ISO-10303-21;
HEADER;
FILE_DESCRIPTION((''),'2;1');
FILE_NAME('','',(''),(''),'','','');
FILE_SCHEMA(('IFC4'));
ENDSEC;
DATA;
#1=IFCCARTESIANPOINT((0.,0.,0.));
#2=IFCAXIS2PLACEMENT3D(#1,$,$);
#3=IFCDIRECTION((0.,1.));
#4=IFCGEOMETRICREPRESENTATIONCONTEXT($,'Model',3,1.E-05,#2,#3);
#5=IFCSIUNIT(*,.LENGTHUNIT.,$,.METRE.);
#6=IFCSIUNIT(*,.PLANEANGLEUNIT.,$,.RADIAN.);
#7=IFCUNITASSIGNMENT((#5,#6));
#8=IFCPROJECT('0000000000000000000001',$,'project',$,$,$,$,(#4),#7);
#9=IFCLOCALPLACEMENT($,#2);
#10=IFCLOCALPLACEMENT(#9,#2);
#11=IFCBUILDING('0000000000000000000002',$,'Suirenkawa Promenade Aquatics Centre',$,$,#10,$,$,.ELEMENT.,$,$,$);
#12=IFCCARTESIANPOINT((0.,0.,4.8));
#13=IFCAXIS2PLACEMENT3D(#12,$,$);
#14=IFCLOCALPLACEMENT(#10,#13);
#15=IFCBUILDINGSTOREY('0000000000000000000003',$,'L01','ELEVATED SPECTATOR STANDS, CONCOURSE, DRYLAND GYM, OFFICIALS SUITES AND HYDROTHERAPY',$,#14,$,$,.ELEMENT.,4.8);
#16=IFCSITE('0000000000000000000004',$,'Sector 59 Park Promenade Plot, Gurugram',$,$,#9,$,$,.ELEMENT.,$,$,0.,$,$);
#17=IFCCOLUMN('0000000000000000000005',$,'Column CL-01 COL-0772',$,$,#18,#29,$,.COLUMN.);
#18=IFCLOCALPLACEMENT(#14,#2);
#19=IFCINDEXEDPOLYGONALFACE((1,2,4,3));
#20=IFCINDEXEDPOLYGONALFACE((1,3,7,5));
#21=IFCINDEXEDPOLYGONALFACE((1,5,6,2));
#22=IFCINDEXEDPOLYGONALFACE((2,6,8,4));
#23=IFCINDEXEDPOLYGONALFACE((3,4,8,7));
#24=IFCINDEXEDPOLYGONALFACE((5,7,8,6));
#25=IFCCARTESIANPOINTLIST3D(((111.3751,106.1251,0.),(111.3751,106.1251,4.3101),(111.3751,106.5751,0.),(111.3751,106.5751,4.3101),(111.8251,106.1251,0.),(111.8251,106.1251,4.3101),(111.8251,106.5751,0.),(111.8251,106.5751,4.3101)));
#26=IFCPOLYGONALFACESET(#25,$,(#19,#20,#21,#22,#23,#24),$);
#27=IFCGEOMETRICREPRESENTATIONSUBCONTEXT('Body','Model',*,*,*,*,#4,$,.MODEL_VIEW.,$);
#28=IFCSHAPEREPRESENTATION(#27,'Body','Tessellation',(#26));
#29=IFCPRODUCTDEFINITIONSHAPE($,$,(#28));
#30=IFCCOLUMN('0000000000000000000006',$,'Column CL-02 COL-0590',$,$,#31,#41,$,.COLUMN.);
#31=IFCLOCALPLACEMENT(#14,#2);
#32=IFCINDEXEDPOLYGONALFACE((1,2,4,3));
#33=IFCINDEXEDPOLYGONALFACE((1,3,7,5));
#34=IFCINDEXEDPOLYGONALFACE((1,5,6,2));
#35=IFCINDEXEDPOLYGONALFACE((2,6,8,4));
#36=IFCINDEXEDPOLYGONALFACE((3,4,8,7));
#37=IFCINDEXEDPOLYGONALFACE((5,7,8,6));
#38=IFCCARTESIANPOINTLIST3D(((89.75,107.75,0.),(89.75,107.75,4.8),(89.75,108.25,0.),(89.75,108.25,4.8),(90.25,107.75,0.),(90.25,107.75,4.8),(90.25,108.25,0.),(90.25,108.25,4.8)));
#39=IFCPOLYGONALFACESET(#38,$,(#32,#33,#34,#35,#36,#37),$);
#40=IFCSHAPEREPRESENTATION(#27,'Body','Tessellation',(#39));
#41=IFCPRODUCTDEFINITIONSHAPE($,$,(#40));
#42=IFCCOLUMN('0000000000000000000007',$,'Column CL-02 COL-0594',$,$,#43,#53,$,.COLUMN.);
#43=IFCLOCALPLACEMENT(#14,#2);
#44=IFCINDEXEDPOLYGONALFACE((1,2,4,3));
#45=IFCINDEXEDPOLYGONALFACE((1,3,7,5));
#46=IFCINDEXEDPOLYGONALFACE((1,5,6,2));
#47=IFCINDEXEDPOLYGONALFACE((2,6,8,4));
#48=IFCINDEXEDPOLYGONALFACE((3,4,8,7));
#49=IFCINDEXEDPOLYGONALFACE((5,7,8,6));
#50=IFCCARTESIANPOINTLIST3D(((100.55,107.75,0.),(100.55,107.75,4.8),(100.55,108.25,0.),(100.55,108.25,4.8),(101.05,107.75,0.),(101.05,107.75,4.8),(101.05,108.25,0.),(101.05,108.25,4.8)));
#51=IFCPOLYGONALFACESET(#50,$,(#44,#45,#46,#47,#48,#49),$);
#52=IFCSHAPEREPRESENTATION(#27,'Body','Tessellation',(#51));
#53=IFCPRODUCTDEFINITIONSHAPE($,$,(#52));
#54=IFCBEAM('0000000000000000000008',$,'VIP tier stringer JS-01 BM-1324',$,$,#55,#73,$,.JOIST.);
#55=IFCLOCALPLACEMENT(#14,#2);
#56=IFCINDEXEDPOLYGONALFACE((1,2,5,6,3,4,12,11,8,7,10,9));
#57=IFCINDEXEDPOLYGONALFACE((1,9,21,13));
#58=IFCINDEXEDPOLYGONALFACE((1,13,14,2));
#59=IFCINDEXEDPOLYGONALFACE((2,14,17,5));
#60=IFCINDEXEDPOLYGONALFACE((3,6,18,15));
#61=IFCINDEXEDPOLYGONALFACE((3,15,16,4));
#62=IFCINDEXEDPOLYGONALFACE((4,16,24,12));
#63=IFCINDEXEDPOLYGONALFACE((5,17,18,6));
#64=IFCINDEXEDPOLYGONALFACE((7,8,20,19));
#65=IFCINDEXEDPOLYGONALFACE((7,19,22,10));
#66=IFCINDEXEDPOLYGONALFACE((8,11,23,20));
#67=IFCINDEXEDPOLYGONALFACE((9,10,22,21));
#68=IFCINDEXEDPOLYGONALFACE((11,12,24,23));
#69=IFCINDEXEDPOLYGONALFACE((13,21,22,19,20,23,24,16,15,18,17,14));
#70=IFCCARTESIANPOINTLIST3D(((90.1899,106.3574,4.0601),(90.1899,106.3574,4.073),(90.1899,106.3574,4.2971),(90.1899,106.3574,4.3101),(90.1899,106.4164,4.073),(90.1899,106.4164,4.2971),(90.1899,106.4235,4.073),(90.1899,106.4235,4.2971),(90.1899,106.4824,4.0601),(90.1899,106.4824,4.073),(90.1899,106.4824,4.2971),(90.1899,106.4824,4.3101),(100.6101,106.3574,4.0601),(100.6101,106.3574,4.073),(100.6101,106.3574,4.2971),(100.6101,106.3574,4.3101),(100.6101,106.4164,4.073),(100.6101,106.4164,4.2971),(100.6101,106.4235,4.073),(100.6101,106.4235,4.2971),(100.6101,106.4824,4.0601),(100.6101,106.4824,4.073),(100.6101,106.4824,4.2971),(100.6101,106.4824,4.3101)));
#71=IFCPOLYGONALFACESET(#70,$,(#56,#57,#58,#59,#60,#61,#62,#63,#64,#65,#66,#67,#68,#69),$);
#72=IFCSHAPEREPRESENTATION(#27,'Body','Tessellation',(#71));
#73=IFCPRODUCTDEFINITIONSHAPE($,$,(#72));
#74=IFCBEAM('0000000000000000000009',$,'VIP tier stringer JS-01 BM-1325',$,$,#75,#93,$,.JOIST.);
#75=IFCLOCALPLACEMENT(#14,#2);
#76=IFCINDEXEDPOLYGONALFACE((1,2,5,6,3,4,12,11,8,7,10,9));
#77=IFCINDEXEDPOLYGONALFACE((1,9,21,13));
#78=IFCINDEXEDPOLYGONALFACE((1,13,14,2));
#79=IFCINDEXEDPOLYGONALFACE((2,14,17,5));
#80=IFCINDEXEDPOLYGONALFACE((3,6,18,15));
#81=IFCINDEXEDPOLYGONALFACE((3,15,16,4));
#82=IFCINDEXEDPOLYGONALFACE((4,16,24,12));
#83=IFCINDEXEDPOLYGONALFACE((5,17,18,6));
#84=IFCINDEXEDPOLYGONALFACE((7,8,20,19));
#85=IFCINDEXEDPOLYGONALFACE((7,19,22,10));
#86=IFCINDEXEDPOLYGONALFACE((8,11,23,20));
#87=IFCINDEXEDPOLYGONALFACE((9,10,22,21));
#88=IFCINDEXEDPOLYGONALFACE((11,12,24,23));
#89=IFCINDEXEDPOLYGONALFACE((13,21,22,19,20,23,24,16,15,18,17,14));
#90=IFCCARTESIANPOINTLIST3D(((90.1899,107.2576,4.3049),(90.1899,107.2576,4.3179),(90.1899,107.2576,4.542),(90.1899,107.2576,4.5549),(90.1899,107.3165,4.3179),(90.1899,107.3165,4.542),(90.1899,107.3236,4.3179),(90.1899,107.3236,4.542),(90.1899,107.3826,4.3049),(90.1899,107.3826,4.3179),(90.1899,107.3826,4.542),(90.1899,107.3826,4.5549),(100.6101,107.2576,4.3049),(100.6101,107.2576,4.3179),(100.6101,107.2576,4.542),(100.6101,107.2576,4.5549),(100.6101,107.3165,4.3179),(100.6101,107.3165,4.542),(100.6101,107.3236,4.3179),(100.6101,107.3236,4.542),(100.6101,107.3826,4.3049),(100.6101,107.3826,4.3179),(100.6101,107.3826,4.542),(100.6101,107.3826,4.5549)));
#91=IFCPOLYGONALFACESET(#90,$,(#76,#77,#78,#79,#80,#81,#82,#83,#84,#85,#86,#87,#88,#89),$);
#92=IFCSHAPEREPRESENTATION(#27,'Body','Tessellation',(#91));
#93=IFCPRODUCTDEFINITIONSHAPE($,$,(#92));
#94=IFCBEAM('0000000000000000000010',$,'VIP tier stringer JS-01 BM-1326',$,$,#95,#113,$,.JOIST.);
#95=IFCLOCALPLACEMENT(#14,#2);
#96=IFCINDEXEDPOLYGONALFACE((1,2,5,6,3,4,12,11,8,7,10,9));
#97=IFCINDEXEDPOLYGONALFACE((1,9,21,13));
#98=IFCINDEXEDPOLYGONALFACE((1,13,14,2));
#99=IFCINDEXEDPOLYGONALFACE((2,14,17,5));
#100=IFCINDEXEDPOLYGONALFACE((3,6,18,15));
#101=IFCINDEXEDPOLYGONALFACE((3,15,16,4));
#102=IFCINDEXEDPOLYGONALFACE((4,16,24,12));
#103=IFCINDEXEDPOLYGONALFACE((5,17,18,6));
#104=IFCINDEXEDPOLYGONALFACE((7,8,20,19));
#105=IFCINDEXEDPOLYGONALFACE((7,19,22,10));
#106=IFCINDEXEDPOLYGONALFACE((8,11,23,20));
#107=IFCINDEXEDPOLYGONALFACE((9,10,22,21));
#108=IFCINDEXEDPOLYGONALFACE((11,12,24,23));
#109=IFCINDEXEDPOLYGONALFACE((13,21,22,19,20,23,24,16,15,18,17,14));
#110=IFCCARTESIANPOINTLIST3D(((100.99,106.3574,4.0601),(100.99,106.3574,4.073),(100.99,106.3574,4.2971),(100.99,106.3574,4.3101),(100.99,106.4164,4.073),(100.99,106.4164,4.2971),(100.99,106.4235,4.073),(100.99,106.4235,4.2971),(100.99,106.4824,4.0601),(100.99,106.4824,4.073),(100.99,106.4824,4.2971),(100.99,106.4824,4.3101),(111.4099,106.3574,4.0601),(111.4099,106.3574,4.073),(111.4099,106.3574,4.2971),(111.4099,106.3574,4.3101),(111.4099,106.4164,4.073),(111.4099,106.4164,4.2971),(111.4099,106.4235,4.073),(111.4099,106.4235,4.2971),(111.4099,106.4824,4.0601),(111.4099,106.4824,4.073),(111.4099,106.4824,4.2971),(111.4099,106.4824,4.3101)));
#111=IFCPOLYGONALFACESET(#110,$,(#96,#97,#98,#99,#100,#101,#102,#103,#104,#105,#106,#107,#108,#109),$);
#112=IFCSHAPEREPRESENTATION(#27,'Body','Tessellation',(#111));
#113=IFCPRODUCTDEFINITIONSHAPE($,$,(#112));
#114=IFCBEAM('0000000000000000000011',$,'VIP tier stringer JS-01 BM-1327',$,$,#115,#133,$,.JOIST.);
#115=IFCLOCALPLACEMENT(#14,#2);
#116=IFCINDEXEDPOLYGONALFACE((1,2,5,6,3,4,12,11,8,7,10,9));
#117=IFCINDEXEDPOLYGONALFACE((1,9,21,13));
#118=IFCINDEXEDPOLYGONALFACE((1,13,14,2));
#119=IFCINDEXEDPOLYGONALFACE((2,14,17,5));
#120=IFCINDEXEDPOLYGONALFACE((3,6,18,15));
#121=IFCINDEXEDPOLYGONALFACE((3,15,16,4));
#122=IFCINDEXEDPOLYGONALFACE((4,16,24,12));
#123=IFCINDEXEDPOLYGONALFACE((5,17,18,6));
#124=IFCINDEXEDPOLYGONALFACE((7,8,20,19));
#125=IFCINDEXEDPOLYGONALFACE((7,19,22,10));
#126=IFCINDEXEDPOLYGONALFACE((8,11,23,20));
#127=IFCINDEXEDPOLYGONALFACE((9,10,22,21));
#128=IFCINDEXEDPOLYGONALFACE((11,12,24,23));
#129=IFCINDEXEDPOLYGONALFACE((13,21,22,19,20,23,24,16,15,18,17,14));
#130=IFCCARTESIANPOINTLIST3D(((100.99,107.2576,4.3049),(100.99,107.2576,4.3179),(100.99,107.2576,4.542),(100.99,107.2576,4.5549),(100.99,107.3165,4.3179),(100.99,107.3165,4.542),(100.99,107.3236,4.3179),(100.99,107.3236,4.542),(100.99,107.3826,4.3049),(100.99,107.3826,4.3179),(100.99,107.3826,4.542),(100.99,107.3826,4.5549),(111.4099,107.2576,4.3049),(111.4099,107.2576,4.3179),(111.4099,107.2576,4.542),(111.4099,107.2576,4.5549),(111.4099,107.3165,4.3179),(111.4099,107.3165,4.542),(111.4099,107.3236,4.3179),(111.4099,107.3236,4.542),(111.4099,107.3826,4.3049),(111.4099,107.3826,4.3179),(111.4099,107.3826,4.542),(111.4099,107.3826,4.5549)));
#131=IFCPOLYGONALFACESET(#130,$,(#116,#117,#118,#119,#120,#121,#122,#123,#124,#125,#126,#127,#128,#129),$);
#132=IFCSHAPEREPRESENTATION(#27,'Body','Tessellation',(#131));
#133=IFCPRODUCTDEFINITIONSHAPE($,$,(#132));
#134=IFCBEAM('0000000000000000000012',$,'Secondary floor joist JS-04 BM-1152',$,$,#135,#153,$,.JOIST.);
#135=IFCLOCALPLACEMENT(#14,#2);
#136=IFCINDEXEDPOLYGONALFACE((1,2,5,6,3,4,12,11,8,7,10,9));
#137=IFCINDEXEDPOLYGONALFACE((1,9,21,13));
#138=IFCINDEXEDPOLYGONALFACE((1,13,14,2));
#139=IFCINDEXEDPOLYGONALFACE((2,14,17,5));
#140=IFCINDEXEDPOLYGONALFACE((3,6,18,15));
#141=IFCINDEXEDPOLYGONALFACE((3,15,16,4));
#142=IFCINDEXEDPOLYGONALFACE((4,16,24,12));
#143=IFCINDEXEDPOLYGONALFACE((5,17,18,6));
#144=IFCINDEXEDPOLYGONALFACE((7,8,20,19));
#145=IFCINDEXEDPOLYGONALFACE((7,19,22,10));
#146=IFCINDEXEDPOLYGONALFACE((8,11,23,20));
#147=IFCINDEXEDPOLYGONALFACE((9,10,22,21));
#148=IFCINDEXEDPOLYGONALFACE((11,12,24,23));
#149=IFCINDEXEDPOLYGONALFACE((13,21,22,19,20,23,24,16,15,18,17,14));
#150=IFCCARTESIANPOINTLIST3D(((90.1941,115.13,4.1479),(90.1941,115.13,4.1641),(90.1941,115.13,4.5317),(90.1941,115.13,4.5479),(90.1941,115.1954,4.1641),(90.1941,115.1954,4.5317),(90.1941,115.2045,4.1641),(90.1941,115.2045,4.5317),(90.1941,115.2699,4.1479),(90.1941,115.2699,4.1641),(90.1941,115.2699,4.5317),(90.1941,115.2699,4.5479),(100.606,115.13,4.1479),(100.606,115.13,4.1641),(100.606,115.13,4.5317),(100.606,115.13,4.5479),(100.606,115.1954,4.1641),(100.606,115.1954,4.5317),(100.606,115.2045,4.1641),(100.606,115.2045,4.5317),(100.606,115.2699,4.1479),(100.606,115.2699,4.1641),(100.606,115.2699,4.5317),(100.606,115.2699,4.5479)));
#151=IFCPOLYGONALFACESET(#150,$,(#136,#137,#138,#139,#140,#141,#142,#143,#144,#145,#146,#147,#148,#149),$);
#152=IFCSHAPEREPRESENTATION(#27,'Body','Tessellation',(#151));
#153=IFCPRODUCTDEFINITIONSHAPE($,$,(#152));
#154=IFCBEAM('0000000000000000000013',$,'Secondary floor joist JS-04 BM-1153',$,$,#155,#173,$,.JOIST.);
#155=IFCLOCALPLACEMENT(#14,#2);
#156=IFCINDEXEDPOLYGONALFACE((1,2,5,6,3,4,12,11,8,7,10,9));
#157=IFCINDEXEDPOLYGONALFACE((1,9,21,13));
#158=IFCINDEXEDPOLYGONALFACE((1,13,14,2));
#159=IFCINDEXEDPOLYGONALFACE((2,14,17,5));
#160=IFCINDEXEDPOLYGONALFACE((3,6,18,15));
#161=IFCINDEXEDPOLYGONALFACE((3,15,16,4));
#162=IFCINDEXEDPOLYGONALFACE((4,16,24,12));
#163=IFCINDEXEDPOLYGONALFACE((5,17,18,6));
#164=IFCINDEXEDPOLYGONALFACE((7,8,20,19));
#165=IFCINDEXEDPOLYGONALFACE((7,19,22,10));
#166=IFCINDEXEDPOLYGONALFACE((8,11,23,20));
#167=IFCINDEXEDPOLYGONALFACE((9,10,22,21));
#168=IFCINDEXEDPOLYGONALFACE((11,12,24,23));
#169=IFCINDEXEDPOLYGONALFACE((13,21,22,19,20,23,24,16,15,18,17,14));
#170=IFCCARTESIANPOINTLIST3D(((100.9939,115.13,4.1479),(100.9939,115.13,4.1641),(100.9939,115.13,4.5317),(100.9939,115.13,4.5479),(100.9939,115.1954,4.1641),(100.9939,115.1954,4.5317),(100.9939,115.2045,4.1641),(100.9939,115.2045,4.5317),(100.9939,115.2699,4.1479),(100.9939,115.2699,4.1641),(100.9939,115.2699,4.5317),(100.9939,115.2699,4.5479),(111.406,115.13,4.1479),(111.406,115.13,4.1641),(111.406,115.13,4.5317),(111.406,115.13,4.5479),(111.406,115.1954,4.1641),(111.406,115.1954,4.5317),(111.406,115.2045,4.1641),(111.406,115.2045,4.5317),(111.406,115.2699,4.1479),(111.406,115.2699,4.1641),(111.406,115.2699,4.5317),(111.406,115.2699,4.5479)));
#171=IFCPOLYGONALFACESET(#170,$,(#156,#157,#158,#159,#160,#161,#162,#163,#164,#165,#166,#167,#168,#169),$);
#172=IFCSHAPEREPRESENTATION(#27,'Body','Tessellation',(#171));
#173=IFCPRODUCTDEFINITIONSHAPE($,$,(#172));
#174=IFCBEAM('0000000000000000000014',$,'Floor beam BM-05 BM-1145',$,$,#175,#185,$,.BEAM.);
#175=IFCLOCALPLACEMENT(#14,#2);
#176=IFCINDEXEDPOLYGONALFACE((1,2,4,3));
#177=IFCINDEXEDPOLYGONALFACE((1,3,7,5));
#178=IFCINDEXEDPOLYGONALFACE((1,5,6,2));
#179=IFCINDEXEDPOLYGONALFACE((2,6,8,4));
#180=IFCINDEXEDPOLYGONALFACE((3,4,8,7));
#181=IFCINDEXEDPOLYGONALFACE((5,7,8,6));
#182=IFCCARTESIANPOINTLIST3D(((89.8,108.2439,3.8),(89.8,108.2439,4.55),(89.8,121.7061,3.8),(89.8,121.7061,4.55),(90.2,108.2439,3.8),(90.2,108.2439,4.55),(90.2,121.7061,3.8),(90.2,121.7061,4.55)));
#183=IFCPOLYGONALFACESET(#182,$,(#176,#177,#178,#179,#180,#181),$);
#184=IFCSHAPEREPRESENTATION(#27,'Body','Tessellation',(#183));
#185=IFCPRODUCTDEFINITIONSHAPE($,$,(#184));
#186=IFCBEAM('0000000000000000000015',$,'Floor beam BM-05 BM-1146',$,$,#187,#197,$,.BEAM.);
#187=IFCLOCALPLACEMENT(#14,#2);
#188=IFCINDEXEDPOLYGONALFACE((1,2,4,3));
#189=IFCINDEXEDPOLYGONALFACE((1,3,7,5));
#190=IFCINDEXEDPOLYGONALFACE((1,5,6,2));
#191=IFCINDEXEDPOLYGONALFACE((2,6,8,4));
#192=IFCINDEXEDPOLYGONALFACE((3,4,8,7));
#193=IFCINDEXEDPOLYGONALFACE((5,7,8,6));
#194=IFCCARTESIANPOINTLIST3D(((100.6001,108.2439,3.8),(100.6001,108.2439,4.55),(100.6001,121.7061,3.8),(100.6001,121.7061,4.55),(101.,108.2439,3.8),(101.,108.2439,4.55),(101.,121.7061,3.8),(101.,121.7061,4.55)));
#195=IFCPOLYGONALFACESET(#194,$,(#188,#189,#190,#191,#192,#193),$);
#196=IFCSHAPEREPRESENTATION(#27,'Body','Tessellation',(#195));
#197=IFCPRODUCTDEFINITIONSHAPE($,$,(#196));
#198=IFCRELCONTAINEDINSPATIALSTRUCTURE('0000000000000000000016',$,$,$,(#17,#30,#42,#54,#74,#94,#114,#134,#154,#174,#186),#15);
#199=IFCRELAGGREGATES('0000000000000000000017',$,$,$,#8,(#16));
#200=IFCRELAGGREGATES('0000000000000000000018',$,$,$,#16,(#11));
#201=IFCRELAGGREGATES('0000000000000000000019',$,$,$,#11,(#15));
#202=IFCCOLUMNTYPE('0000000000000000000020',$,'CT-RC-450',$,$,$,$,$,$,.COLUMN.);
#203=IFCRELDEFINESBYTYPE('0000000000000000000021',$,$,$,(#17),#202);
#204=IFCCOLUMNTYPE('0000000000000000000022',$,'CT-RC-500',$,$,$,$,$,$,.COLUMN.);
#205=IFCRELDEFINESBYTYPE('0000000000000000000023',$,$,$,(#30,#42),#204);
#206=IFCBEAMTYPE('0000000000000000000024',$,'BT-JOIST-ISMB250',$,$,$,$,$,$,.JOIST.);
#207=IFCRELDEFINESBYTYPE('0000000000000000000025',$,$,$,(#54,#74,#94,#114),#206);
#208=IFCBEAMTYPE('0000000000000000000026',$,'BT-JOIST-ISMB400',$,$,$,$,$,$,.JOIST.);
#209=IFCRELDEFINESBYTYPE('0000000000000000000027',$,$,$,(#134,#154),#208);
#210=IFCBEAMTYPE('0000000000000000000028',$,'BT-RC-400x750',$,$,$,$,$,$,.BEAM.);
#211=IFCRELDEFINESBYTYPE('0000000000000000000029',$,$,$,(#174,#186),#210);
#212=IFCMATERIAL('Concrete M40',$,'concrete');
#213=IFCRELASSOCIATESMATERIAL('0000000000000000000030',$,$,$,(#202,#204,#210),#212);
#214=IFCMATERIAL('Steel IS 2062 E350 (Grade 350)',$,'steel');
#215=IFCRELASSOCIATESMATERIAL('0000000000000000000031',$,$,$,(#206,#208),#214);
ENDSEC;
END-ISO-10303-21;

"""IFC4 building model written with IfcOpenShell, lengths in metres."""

from ifc_helpers import new_model, si_unit, direction, frame, origin, origin_2d, place, context, subcontext, project, spatial, rectangle, i_section, extrude, material, material_profile, profile_set, type_object, element, save


model = new_model("IFC4")

# Units and contexts
model_context = context("Model", 3, precision=1e-05, world=origin(), true_north=direction((0.0, 1.0)))
body_context = subcontext(model_context, "Body", "Model", "MODEL_VIEW")
ifc_project = project(units=[si_unit("LENGTHUNIT", "METRE"), si_unit("PLANEANGLEUNIT", "RADIAN")], contexts=[model_context])

# Site, building, storey
site_placement = place(None, origin())
site = spatial("IfcSite", under=ifc_project, at=site_placement, Name="Sector 59 Park Promenade Plot, Gurugram", CompositionType="ELEMENT", RefElevation=0.0)
building_placement = place(site_placement, origin())
building = spatial("IfcBuilding", under=site, at=building_placement, Name="Suirenkawa Promenade Aquatics Centre", CompositionType="ELEMENT")
storey_placement = place(building_placement, frame((0.0, 0.0, 4.8)))
storey = spatial("IfcBuildingStorey", under=building, at=storey_placement, Name="L01", Description="ELEVATED SPECTATOR STANDS, CONCOURSE, DRYLAND GYM, OFFICIALS SUITES AND HYDROTHERAPY", CompositionType="ELEMENT", Elevation=4.8)

# Columns
ifc_material_1 = material(Name="Concrete M40", Category="concrete")
ifc_material_profile_1 = material_profile(ifc_material_1, rectangle(XDim=0.45, YDim=0.45, at=origin_2d()), Name="RC COL 450x450", Category="concrete")
ifc_profile_set_1 = profile_set([ifc_material_profile_1], Name="Concrete M40")
column_type_1 = type_object("IfcColumnType", Name="CT-RC-450", PredefinedType="COLUMN", material=ifc_profile_set_1)
column_placement = place(storey_placement, frame((111.6001, 106.3501, 0.0), z_axis=(0.0, 0.0, 1.0), x_axis=(1.0, 0.0, 0.0)))
element("IfcColumn", 1, at=column_placement, inside=storey, type_object=column_type_1, Name="Column CL-01 COL-0772", PredefinedType="COLUMN", context=body_context, shape_type="SweptSolid", body=[
    extrude(rectangle(XDim=0.45, YDim=0.45, at=origin_2d()), origin(), (0.0, 0.0, 1.0), 4.3101),
])
ifc_material_profile_2 = material_profile(ifc_material_1, rectangle(XDim=0.5, YDim=0.5, at=origin_2d()), Name="RC COL 500x500", Category="concrete")
ifc_profile_set_2 = profile_set([ifc_material_profile_2], Name="Concrete M40")
column_type_2 = type_object("IfcColumnType", Name="CT-RC-500", PredefinedType="COLUMN", material=ifc_profile_set_2)
for number, where, z_axis, x_axis, name in (
    (2, (90.0, 108.0, 0.0), (0.0, 0.0, 1.0), (1.0, 0.0, 0.0), "Column CL-02 COL-0590"),
    (3, (100.8, 108.0, 0.0), (0.0, 0.0, 1.0), (1.0, 0.0, 0.0), "Column CL-02 COL-0594"),
):
    element("IfcColumn", number, at=place(storey_placement, frame(where, z_axis=z_axis, x_axis=x_axis)), inside=storey, type_object=column_type_2, Name=name, PredefinedType="COLUMN", context=body_context, shape_type="SweptSolid", body=[
        extrude(rectangle(XDim=0.5, YDim=0.5, at=origin_2d()), origin(), (0.0, 0.0, 1.0), 4.8),
    ])

# Beams
ifc_material_2 = material(Name="Steel IS 2062 E350 (Grade 350)", Category="steel")
ifc_material_profile_3 = material_profile(ifc_material_2, i_section(OverallWidth=0.125, OverallDepth=0.25, WebThickness=0.0071, FlangeThickness=0.0129, at=origin_2d()), Name="ISMB 250", Category="steel")
ifc_profile_set_3 = profile_set([ifc_material_profile_3], Name="Steel IS 2062 E350 (Grade 350)")
beam_type_1 = type_object("IfcBeamType", Name="BT-JOIST-ISMB250", PredefinedType="JOIST", material=ifc_profile_set_3)
for number, where, z_axis, x_axis, name in (
    (4, (90.1899, 106.4199, 4.1851), (1.0, 0.0, 0.0), (0.0, 1.0, 0.0), "VIP tier stringer JS-01 BM-1324"),
    (5, (90.1899, 107.3201, 4.4299), (1.0, 0.0, 0.0), (0.0, 1.0, 0.0), "VIP tier stringer JS-01 BM-1325"),
):
    element("IfcBeam", number, at=place(storey_placement, frame(where, z_axis=z_axis, x_axis=x_axis)), inside=storey, type_object=beam_type_1, Name=name, PredefinedType="JOIST", context=body_context, shape_type="SweptSolid", body=[
        extrude(i_section(OverallWidth=0.125, OverallDepth=0.25, WebThickness=0.0071, FlangeThickness=0.0129, at=origin_2d()), origin(), (0.0, 0.0, 1.0), 10.4202),
    ])
for number, where, z_axis, x_axis, name in (
    (6, (100.99, 106.4199, 4.1851), (1.0, 0.0, 0.0), (0.0, 1.0, 0.0), "VIP tier stringer JS-01 BM-1326"),
    (7, (100.99, 107.3201, 4.4299), (1.0, 0.0, 0.0), (0.0, 1.0, 0.0), "VIP tier stringer JS-01 BM-1327"),
):
    element("IfcBeam", number, at=place(storey_placement, frame(where, z_axis=z_axis, x_axis=x_axis)), inside=storey, type_object=beam_type_1, Name=name, PredefinedType="JOIST", context=body_context, shape_type="SweptSolid", body=[
        extrude(i_section(OverallWidth=0.125, OverallDepth=0.25, WebThickness=0.0071, FlangeThickness=0.0129, at=origin_2d()), origin(), (0.0, 0.0, 1.0), 10.4199),
    ])
ifc_material_profile_4 = material_profile(ifc_material_2, i_section(OverallWidth=0.1399, OverallDepth=0.3999, WebThickness=0.009, FlangeThickness=0.0161, at=origin_2d()), Name="ISMB 400", Category="steel")
ifc_profile_set_4 = profile_set([ifc_material_profile_4], Name="Steel IS 2062 E350 (Grade 350)")
beam_type_2 = type_object("IfcBeamType", Name="BT-JOIST-ISMB400", PredefinedType="JOIST", material=ifc_profile_set_4)
beam_1_placement = place(storey_placement, frame((90.1941, 115.2, 4.3479), z_axis=(1.0, 0.0, 0.0), x_axis=(0.0, 1.0, 0.0)))
element("IfcBeam", 8, at=beam_1_placement, inside=storey, type_object=beam_type_2, Name="Secondary floor joist JS-04 BM-1152", PredefinedType="JOIST", context=body_context, shape_type="SweptSolid", body=[
    extrude(i_section(OverallWidth=0.1399, OverallDepth=0.3999, WebThickness=0.009, FlangeThickness=0.0161, at=origin_2d()), origin(), (0.0, 0.0, 1.0), 10.4119),
])
beam_2_placement = place(storey_placement, frame((100.9939, 115.2, 4.3479), z_axis=(1.0, 0.0, 0.0), x_axis=(0.0, 1.0, 0.0)))
element("IfcBeam", 9, at=beam_2_placement, inside=storey, type_object=beam_type_2, Name="Secondary floor joist JS-04 BM-1153", PredefinedType="JOIST", context=body_context, shape_type="SweptSolid", body=[
    extrude(i_section(OverallWidth=0.1399, OverallDepth=0.3999, WebThickness=0.009, FlangeThickness=0.0161, at=origin_2d()), origin(), (0.0, 0.0, 1.0), 10.4121),
])
ifc_material_profile_5 = material_profile(ifc_material_1, rectangle(XDim=0.3999, YDim=0.75, at=origin_2d()), Name="RC BM 400x750", Category="concrete")
ifc_profile_set_5 = profile_set([ifc_material_profile_5], Name="Concrete M40")
beam_type_3 = type_object("IfcBeamType", Name="BT-RC-400x750", PredefinedType="BEAM", material=ifc_profile_set_5)
for number, where, z_axis, x_axis, name in (
    (10, (90.0, 108.2439, 4.175), (0.0, 1.0, 0.0), (-1.0, 0.0, 0.0), "Floor beam BM-05 BM-1145"),
    (11, (100.8, 108.2439, 4.175), (0.0, 1.0, 0.0), (-1.0, 0.0, 0.0), "Floor beam BM-05 BM-1146"),
):
    element("IfcBeam", number, at=place(storey_placement, frame(where, z_axis=z_axis, x_axis=x_axis)), inside=storey, type_object=beam_type_3, Name=name, PredefinedType="BEAM", context=body_context, shape_type="SweptSolid", body=[
        extrude(rectangle(XDim=0.3999, YDim=0.75, at=origin_2d()), origin(), (0.0, 0.0, 1.0), 13.4622),
    ])

save(model, "model.ifc")
